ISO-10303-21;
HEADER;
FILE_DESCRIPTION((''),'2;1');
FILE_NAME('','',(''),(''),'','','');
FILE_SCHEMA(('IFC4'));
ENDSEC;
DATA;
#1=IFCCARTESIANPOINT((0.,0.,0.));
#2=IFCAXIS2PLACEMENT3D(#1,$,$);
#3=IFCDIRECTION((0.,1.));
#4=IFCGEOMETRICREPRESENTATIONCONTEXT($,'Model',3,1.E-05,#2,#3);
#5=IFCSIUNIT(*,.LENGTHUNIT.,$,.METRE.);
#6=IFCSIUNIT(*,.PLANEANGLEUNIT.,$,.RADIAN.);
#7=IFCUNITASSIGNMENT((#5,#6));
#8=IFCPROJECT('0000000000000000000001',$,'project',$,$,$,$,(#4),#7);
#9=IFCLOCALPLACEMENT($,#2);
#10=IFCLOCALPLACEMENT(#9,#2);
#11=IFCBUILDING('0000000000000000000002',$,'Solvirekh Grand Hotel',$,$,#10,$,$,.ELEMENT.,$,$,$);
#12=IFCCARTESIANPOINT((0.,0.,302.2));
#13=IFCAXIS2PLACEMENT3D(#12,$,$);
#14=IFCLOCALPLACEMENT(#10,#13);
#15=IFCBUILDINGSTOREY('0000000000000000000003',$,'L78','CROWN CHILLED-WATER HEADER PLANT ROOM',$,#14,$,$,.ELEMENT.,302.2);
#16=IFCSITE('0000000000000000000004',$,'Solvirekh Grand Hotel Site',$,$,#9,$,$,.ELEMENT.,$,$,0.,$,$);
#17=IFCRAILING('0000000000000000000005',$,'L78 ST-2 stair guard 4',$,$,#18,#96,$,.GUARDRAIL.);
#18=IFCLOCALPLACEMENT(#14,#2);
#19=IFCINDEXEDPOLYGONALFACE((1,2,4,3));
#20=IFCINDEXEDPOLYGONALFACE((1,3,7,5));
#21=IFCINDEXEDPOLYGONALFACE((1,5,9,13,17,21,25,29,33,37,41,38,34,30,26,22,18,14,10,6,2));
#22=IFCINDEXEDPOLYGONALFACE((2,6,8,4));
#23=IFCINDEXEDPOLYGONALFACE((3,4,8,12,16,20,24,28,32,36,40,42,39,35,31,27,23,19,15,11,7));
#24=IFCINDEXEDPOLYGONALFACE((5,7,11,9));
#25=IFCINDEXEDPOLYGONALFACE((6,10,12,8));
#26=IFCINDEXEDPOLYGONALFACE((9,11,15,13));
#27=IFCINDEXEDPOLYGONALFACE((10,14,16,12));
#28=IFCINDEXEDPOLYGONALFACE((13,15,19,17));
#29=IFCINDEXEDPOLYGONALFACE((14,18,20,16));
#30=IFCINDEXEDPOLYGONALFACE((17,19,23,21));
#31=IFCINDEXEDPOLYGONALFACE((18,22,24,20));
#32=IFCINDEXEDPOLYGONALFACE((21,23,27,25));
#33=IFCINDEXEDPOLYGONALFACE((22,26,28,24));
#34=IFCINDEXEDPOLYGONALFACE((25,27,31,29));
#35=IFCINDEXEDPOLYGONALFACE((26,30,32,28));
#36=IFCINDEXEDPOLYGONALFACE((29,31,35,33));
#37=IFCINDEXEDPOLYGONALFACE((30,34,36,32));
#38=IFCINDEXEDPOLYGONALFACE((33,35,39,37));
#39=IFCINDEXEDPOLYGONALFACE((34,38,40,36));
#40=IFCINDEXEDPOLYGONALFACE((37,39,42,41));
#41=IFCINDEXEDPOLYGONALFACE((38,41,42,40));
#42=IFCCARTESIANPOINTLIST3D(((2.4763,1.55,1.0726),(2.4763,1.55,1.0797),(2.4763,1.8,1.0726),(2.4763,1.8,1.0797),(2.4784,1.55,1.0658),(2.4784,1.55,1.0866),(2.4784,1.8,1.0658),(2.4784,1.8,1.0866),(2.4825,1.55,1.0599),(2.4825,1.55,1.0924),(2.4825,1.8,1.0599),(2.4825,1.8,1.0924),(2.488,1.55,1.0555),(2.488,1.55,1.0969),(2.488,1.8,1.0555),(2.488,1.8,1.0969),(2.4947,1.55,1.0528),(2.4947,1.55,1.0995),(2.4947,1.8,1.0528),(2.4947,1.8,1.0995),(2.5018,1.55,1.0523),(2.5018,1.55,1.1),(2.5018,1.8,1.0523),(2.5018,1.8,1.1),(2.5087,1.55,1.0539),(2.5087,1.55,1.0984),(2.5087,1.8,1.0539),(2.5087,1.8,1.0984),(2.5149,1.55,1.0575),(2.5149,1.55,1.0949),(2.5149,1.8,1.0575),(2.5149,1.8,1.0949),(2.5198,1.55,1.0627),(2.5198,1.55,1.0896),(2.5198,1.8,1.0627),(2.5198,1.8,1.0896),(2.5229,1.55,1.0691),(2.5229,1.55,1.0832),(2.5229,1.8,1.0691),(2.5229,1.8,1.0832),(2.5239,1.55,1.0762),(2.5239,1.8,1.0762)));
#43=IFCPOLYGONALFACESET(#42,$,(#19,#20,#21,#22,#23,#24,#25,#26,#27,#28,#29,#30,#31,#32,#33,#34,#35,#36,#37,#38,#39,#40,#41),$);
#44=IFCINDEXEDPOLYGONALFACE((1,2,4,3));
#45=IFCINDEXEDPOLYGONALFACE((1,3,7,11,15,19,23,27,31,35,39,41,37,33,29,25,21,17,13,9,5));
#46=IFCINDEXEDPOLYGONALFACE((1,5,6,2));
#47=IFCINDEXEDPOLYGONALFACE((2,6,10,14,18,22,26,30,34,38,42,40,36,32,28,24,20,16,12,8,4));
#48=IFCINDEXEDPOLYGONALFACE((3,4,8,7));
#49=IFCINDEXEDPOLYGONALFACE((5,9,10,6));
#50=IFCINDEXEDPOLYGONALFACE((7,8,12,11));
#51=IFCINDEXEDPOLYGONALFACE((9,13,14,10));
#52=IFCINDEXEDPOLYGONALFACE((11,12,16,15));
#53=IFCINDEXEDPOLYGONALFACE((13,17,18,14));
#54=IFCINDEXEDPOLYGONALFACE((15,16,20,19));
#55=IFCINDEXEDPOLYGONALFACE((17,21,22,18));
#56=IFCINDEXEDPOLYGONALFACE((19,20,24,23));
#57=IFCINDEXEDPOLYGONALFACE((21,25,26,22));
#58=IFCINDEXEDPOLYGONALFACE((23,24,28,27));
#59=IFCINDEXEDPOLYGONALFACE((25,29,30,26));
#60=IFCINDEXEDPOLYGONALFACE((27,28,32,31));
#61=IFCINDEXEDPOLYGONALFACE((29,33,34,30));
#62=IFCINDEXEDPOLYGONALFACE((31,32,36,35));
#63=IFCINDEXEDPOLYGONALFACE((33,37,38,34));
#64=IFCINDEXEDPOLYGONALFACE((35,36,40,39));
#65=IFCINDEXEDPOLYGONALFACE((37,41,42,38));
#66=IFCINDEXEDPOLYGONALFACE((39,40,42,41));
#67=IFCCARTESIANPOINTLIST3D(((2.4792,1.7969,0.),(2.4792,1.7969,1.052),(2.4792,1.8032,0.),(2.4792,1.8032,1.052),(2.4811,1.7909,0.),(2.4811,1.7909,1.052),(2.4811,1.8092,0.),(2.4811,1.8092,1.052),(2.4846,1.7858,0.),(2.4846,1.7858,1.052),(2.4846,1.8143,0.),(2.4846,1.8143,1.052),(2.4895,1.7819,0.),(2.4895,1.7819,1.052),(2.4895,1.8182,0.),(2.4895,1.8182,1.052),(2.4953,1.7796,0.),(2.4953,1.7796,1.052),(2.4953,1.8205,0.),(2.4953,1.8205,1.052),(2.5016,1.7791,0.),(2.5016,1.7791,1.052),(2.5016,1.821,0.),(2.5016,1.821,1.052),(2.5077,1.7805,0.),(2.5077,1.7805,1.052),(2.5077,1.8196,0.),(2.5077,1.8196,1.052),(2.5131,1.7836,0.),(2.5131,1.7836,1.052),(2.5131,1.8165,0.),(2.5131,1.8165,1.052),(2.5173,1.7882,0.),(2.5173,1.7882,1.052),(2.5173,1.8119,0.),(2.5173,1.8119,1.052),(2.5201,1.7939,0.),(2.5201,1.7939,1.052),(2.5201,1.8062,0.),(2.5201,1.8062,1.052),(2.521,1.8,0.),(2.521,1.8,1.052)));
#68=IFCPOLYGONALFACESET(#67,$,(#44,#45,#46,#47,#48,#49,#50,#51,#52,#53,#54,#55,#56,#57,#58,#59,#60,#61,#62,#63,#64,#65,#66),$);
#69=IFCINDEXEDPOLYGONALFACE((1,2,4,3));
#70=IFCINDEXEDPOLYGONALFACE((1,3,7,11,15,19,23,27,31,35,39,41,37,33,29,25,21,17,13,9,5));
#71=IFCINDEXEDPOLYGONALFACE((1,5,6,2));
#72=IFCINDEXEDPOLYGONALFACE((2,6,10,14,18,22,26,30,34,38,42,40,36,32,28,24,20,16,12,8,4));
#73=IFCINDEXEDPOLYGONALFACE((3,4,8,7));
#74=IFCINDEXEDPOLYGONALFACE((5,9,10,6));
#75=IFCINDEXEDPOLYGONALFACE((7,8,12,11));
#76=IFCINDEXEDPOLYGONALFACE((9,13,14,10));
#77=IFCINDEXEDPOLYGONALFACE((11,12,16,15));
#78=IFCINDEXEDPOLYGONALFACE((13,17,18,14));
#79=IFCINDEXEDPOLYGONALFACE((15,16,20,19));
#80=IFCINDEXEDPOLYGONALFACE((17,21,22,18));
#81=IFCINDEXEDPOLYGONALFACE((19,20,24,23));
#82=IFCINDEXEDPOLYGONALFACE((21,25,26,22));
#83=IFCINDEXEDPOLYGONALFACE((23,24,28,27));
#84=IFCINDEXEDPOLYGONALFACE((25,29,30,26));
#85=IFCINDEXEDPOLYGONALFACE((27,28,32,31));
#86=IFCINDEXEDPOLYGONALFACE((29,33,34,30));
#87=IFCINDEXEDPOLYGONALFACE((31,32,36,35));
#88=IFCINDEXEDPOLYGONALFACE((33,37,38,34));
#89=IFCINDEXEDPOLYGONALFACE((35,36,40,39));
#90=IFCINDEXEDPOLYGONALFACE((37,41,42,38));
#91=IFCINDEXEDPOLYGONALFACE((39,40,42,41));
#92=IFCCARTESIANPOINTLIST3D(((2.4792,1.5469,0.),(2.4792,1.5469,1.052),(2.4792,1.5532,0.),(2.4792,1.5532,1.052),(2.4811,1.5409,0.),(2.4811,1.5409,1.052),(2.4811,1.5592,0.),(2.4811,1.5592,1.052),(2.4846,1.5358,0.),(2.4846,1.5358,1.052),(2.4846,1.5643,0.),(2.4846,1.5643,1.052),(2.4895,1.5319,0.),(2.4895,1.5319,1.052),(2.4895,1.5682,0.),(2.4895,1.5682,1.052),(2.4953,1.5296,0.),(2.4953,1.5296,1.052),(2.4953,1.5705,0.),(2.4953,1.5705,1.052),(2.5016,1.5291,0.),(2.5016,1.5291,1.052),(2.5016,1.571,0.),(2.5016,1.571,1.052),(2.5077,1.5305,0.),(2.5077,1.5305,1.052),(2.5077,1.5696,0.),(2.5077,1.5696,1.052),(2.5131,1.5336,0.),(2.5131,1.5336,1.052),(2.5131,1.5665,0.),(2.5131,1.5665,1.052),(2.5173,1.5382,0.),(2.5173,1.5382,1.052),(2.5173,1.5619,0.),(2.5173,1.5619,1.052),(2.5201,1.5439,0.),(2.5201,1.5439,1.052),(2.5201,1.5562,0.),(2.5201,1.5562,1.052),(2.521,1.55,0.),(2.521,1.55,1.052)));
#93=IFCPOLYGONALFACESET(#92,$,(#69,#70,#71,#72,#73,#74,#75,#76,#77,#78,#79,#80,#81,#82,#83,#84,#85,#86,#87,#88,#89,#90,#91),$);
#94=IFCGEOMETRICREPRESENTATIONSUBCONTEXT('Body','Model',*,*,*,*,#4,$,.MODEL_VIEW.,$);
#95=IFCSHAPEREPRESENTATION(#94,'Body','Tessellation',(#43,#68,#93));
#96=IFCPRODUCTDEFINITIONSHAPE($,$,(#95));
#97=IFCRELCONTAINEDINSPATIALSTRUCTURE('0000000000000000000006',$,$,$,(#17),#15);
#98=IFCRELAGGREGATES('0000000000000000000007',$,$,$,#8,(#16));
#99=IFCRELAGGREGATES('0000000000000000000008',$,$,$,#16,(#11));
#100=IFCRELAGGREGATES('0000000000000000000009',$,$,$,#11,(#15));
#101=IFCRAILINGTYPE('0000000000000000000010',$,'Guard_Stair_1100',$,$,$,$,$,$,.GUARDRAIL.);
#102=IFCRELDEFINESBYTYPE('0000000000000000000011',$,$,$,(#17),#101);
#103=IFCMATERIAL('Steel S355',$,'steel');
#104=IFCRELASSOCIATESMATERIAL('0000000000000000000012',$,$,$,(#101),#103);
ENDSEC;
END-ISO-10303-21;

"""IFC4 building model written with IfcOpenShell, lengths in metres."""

from ifc_helpers import new_model, si_unit, direction, frame, origin, origin_2d, place, context, subcontext, project, spatial, circle, extrude, material, type_object, element, save


model = new_model("IFC4")

# Units and contexts
model_context = context("Model", 3, precision=1e-05, world=origin(), true_north=direction((0.0, 1.0)))
body_context = subcontext(model_context, "Body", "Model", "MODEL_VIEW")
ifc_project = project(units=[si_unit("LENGTHUNIT", "METRE"), si_unit("PLANEANGLEUNIT", "RADIAN")], contexts=[model_context])

# Site, building, storey
site_placement = place(None, origin())
site = spatial("IfcSite", under=ifc_project, at=site_placement, Name="Solvirekh Grand Hotel Site", CompositionType="ELEMENT", RefElevation=0.0)
building_placement = place(site_placement, origin())
building = spatial("IfcBuilding", under=site, at=building_placement, Name="Solvirekh Grand Hotel", CompositionType="ELEMENT")
storey_placement = place(building_placement, frame((0.0, 0.0, 302.2)))
storey = spatial("IfcBuildingStorey", under=building, at=storey_placement, Name="L78", Description="CROWN CHILLED-WATER HEADER PLANT ROOM", CompositionType="ELEMENT", Elevation=302.2)

# Shared definitions
ifc_material_1 = material(Name="Steel S355", Category="steel")

# Railing
railing_type_1 = type_object("IfcRailingType", Name="Guard_Stair_1100", PredefinedType="GUARDRAIL", material=ifc_material_1)
railing_1_placement = place(storey_placement, frame((2.5, 1.8, 0.0)))
element("IfcRailing", 1, at=railing_1_placement, inside=storey, type_object=railing_type_1, Name="L78 ST-2 stair guard 4", PredefinedType="GUARDRAIL", context=body_context, shape_type="SweptSolid", body=[
    extrude(circle(Radius=0.0239, at=origin_2d()), frame((0.0, 0.0, 1.0762), z_axis=(0.0, -1.0, 0.0), x_axis=(1.0, 0.0, 0.0)), (0.0, 0.0, 1.0), 0.25),
    extrude(circle(Radius=0.021, at=origin_2d()), origin(), (0.0, 0.0, 1.0), 1.052),
    extrude(circle(Radius=0.021, at=origin_2d()), frame((0.0, -0.25, 0.0)), (0.0, 0.0, 1.0), 1.052),
])

save(model, "model.ifc")
